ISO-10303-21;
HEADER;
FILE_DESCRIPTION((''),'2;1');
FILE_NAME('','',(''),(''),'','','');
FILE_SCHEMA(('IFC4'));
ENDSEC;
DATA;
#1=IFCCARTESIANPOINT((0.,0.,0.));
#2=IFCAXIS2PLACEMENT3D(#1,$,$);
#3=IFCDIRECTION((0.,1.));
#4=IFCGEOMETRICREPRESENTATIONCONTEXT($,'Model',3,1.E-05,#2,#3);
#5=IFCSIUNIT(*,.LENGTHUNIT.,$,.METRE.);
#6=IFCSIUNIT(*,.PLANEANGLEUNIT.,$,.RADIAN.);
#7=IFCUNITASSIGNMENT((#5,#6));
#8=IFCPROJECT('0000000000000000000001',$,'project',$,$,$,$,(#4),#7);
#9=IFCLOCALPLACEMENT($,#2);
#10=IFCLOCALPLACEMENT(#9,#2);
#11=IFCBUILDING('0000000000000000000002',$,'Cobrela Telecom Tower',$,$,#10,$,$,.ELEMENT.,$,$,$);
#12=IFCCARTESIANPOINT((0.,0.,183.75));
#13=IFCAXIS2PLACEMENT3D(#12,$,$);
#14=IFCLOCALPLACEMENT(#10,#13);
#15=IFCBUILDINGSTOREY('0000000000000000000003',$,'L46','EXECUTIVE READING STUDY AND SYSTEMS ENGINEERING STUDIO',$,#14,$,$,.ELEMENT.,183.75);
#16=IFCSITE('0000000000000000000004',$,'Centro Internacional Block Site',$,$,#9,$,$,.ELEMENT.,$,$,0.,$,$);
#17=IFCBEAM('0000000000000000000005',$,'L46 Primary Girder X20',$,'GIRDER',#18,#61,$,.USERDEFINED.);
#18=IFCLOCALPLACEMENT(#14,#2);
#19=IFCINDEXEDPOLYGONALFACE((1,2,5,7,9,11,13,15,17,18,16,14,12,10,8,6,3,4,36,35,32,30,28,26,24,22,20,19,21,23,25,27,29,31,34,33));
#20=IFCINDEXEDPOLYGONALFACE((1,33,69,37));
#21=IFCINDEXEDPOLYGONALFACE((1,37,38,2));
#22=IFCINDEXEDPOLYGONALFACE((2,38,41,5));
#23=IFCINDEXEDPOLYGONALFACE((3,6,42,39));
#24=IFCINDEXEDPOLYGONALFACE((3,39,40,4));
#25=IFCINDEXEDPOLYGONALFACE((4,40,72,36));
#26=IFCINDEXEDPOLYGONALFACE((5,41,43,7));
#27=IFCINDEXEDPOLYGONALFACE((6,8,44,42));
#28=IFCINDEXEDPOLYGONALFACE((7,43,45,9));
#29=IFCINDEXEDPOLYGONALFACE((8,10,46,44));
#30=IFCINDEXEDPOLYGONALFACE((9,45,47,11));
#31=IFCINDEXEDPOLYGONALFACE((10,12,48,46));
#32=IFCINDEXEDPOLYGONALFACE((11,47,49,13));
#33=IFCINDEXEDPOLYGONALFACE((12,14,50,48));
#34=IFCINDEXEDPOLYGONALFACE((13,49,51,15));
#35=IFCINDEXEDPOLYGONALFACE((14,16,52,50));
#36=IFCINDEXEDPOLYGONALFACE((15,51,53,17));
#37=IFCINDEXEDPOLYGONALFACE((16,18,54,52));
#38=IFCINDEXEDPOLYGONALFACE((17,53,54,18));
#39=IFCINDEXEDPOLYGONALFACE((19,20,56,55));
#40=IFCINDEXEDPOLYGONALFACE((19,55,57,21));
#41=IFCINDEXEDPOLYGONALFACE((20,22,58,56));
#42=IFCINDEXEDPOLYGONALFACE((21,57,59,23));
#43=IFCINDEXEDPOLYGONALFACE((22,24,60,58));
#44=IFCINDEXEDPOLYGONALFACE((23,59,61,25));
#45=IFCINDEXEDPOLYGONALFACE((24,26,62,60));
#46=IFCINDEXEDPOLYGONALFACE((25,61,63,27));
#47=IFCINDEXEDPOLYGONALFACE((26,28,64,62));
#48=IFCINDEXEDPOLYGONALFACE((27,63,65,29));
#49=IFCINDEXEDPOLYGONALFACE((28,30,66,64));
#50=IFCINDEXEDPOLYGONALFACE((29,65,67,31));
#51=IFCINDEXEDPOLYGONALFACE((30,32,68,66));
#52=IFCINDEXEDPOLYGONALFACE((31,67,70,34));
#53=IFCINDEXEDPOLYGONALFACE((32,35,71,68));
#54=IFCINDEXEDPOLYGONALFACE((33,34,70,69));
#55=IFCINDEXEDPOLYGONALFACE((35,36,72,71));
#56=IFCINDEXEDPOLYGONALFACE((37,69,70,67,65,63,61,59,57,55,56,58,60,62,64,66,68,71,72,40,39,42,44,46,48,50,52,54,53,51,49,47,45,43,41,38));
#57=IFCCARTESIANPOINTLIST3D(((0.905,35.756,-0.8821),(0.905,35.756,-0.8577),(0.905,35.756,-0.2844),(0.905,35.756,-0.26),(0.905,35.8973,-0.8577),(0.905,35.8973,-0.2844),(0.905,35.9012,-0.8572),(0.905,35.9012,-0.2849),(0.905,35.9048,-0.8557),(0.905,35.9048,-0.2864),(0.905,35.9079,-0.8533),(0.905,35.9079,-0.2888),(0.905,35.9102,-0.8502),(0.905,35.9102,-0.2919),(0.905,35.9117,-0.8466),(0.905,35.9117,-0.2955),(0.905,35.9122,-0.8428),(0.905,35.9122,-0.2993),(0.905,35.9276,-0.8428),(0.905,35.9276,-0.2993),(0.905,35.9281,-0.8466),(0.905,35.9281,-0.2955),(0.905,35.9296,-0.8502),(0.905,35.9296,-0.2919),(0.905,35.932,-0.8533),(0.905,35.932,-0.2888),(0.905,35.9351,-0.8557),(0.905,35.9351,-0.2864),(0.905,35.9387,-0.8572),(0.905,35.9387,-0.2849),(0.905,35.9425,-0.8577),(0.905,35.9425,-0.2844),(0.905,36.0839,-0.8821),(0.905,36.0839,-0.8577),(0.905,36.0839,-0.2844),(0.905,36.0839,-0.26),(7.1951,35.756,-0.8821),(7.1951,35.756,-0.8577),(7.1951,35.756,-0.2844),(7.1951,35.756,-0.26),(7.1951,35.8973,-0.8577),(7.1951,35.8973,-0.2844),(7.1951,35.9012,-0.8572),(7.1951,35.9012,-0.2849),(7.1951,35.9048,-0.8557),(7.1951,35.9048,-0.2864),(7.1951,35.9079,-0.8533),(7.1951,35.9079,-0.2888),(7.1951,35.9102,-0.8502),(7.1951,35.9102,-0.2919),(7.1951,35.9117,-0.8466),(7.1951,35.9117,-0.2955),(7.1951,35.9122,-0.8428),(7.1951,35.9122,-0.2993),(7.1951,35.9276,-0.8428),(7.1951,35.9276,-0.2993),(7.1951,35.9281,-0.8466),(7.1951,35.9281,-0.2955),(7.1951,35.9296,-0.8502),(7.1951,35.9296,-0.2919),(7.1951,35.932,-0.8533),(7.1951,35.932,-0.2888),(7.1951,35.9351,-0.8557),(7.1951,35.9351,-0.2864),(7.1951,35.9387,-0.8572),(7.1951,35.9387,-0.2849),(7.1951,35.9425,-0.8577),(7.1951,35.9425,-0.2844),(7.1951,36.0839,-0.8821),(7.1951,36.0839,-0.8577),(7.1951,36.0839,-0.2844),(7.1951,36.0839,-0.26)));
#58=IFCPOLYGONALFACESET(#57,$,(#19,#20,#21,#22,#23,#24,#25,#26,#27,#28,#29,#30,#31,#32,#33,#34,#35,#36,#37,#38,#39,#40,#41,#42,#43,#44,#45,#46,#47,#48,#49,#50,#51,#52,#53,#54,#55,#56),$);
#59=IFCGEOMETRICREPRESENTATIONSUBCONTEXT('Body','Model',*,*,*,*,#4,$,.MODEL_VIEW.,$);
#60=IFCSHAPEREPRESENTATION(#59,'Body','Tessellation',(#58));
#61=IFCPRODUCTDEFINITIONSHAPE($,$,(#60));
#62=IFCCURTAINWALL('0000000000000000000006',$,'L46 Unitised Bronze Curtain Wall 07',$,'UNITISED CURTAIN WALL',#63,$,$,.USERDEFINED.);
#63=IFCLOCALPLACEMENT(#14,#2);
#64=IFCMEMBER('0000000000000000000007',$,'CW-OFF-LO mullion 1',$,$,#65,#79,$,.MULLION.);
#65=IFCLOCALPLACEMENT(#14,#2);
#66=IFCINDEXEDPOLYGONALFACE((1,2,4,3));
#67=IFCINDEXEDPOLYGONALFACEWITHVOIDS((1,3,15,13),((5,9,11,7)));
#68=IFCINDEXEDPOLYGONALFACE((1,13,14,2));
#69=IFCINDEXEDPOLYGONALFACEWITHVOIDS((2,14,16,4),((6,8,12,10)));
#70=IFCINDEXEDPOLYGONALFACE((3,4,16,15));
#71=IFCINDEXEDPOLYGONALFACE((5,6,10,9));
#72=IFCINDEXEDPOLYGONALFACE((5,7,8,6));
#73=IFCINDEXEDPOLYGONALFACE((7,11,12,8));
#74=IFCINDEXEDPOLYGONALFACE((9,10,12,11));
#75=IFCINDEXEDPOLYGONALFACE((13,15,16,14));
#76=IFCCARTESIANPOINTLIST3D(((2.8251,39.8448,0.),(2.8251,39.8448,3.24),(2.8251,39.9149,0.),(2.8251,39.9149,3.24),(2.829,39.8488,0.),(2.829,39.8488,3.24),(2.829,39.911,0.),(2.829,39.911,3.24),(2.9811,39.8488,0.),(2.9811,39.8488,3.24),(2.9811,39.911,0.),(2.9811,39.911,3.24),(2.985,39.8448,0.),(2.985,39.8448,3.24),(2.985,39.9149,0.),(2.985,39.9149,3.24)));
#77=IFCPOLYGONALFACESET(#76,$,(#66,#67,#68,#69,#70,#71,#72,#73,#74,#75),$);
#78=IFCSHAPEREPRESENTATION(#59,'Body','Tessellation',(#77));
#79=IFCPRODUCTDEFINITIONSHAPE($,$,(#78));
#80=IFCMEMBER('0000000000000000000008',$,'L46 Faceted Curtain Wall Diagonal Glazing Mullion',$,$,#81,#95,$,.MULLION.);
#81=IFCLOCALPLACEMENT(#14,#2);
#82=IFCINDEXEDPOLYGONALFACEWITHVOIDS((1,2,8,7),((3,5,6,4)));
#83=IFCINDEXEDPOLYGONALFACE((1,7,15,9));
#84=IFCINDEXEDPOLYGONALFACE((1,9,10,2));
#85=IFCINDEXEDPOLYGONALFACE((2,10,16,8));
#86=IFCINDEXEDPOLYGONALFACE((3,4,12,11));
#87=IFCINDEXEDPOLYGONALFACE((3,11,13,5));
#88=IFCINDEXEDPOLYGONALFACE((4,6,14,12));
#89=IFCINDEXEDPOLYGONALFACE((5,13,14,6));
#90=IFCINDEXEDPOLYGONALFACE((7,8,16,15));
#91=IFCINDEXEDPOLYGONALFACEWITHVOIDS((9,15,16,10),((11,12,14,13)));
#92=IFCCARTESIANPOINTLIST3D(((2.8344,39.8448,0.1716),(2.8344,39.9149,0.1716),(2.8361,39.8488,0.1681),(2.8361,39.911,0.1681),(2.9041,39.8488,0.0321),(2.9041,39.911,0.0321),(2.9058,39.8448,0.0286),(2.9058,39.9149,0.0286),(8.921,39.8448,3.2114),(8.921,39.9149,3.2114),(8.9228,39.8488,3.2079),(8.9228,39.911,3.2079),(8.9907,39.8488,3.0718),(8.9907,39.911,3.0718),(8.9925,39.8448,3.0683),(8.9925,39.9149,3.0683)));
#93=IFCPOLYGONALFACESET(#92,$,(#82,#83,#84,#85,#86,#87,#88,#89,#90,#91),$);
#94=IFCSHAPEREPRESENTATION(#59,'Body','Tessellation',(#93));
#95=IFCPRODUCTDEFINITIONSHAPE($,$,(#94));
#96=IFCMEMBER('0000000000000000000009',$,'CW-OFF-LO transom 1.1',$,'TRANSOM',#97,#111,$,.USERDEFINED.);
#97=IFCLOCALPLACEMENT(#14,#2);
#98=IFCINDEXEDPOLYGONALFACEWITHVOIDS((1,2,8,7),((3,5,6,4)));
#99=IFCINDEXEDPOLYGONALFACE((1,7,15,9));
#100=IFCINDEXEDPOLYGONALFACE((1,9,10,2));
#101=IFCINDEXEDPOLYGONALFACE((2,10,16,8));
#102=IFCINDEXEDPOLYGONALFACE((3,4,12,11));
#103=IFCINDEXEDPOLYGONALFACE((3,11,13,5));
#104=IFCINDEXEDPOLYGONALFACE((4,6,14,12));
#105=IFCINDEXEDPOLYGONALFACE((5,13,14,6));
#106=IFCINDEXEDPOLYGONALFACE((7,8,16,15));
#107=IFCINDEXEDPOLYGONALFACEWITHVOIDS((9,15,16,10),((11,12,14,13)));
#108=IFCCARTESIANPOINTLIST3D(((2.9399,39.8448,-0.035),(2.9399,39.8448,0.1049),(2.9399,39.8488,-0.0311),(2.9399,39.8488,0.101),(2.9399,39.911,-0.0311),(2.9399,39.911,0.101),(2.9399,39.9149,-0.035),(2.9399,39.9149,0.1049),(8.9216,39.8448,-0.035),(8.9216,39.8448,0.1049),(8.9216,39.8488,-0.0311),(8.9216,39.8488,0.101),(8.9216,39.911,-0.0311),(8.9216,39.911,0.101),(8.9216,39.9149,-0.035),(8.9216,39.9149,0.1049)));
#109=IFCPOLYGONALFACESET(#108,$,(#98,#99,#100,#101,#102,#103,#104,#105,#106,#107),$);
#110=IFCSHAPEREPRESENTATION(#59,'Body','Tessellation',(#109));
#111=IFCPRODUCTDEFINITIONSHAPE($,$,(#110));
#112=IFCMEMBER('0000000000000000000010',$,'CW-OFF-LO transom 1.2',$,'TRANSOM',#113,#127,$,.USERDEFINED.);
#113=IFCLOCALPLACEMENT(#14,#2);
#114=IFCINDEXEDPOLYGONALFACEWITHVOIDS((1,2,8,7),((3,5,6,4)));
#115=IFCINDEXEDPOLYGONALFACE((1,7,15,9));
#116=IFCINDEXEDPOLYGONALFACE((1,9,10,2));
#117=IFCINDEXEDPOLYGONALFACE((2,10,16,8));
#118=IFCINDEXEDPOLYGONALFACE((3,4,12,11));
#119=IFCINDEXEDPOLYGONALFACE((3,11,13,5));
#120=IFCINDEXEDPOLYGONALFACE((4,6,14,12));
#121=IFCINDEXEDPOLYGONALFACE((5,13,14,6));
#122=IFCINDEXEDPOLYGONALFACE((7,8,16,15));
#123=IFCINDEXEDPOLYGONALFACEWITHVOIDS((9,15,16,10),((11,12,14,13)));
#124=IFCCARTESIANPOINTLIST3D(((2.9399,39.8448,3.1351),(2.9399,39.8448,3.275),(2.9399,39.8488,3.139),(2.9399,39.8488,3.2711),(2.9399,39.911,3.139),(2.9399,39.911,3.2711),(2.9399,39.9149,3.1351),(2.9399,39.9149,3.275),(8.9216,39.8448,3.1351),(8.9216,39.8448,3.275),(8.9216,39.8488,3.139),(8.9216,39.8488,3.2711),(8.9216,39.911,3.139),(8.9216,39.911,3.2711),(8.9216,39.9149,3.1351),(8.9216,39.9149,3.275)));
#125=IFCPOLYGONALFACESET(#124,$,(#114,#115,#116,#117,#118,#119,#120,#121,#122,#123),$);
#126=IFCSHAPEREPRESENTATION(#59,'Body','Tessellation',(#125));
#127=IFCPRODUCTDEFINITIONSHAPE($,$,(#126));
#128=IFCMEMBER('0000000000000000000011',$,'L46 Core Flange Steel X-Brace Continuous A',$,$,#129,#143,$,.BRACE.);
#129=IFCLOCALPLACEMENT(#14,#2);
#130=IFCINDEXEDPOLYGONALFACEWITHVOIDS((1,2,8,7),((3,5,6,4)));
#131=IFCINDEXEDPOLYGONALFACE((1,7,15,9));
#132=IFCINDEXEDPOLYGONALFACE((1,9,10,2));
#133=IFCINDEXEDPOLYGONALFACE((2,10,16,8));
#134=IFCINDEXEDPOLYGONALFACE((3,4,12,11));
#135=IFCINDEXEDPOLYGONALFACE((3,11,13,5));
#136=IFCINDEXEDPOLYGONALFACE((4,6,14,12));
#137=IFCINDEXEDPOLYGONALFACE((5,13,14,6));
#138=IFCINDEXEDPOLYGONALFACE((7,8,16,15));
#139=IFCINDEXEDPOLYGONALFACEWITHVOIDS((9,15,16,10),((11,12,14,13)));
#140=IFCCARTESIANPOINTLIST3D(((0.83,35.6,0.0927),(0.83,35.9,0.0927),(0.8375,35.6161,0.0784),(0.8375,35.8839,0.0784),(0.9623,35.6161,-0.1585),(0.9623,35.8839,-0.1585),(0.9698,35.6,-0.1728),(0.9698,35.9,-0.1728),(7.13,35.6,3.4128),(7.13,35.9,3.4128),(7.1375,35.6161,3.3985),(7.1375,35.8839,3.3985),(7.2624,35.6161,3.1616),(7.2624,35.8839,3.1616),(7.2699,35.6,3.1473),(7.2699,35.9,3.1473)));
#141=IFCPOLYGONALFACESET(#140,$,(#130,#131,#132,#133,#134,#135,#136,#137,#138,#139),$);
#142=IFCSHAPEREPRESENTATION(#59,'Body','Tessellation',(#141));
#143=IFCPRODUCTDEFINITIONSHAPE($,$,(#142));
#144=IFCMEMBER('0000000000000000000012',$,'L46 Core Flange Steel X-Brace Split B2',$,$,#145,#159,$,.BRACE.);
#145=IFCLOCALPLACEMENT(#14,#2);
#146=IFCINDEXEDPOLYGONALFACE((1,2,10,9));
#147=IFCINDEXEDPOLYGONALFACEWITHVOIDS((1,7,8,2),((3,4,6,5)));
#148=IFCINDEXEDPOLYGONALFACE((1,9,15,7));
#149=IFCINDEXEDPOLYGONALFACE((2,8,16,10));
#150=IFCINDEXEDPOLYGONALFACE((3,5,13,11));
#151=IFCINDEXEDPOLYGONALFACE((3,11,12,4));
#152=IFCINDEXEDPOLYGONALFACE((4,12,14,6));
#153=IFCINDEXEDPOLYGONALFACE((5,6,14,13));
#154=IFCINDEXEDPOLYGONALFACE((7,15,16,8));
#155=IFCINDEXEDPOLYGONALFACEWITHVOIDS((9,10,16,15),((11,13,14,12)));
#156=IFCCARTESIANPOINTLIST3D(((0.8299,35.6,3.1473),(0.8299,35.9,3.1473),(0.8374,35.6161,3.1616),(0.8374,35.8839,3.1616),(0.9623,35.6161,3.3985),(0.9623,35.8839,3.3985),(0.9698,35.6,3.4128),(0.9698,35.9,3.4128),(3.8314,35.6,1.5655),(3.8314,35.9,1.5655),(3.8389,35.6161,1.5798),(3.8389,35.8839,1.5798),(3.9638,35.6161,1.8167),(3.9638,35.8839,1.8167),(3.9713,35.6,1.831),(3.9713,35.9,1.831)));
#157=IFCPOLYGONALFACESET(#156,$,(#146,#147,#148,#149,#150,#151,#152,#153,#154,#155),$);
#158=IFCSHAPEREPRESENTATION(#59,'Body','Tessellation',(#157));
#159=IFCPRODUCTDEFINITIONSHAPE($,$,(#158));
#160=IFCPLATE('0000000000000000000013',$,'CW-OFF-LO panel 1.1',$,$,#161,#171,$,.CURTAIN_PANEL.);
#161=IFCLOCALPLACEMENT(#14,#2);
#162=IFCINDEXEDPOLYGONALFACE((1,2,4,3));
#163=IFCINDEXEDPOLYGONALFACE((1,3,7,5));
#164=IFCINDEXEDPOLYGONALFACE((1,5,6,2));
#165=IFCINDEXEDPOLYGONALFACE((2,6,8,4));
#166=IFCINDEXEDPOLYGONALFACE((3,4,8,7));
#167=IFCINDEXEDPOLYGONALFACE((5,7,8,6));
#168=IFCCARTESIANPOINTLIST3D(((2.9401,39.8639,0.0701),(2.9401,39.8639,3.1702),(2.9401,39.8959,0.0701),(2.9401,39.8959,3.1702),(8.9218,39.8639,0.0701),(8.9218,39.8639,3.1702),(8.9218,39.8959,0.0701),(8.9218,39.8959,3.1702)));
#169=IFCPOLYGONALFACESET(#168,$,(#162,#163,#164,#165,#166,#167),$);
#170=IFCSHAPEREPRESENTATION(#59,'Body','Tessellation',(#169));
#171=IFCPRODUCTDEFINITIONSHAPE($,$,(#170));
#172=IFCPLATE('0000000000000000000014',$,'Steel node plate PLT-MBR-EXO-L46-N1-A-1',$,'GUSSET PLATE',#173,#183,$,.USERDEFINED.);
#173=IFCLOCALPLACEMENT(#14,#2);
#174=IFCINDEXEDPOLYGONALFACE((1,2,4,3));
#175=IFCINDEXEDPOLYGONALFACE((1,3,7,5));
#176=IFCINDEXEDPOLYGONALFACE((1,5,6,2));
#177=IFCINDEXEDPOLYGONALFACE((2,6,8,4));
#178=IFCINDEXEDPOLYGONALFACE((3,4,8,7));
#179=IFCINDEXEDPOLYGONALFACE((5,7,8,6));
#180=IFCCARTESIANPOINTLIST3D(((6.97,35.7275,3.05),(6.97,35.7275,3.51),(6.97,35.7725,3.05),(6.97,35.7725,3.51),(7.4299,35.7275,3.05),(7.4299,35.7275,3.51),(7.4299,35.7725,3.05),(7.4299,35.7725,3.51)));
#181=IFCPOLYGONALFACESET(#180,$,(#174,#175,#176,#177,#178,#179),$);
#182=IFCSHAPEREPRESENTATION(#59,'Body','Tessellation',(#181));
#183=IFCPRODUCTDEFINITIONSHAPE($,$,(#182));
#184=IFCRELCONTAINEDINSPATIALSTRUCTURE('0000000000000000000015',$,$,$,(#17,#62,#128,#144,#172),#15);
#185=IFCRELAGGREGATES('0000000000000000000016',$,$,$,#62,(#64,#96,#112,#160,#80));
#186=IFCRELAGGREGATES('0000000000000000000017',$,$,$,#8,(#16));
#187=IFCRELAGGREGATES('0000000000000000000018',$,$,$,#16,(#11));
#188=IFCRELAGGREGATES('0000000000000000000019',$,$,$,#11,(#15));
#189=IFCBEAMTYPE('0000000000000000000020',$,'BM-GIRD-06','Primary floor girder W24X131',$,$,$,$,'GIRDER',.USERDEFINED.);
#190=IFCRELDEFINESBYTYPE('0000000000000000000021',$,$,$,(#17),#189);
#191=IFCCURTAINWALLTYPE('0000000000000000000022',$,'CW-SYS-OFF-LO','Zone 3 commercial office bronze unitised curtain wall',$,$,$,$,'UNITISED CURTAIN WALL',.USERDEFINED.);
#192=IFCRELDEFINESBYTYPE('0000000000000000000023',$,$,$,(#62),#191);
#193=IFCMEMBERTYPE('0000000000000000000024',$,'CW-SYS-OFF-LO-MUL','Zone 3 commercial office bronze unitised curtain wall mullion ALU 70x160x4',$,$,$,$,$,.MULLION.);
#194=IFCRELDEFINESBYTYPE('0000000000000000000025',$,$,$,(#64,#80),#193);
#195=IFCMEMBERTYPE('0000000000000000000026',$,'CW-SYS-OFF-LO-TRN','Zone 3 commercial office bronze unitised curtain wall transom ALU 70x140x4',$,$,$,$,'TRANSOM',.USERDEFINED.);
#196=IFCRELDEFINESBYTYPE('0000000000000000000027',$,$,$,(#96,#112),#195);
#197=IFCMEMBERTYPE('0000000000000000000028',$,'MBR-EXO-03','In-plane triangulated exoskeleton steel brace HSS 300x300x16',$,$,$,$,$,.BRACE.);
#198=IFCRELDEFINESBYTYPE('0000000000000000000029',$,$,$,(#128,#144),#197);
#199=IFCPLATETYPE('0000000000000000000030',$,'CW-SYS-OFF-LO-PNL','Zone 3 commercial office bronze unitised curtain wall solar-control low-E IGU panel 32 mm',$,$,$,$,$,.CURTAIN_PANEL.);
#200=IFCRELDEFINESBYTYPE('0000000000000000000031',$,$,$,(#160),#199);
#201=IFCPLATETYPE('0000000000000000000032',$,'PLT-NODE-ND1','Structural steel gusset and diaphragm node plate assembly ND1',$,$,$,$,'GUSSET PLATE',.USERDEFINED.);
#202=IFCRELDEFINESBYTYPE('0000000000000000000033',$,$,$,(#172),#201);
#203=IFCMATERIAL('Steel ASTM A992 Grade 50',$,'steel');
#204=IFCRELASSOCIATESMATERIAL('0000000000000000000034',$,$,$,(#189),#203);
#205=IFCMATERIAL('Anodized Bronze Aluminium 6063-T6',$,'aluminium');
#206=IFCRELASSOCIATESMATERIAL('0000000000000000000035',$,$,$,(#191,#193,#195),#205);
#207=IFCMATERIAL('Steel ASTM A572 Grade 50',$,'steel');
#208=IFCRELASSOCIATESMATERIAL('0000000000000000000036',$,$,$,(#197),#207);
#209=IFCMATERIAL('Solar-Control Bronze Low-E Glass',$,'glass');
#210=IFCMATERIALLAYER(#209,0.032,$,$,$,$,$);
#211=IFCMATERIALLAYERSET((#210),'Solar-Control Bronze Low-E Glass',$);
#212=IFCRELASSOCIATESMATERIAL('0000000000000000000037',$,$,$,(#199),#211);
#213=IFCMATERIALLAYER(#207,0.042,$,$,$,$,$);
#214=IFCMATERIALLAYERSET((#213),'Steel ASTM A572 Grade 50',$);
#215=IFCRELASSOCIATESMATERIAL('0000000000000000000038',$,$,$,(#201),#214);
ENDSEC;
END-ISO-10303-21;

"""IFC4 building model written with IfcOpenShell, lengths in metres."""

from ifc_helpers import new_model, si_unit, direction, frame, origin, origin_2d, place, context, subcontext, project, spatial, rectangle, hollow_rectangle, i_section, extrude, material, layer, layer_set, material_profile, profile_set, type_object, element, aggregate, save


model = new_model("IFC4")

# Units and contexts
model_context = context("Model", 3, precision=1e-05, world=origin(), true_north=direction((0.0, 1.0)))
body_context = subcontext(model_context, "Body", "Model", "MODEL_VIEW")
ifc_project = project(units=[si_unit("LENGTHUNIT", "METRE"), si_unit("PLANEANGLEUNIT", "RADIAN")], contexts=[model_context])

# Site, building, storey
site_placement = place(None, origin())
site = spatial("IfcSite", under=ifc_project, at=site_placement, Name="Centro Internacional Block Site", CompositionType="ELEMENT", RefElevation=0.0)
building_placement = place(site_placement, origin())
building = spatial("IfcBuilding", under=site, at=building_placement, Name="Cobrela Telecom Tower", CompositionType="ELEMENT")
storey_placement = place(building_placement, frame((0.0, 0.0, 183.75)))
storey = spatial("IfcBuildingStorey", under=building, at=storey_placement, Name="L46", Description="EXECUTIVE READING STUDY AND SYSTEMS ENGINEERING STUDIO", CompositionType="ELEMENT", Elevation=183.75)

# Beam
ifc_material_1 = material(Name="Steel ASTM A992 Grade 50", Category="steel")
ifc_material_profile_1 = material_profile(ifc_material_1, i_section(OverallWidth=0.3279, OverallDepth=0.6221, WebThickness=0.0154, FlangeThickness=0.0244, FilletRadius=0.0149, at=origin_2d()), Name="W24X131")
ifc_profile_set_1 = profile_set([ifc_material_profile_1], Name="Steel ASTM A992 Grade 50")
beam_type = type_object("IfcBeamType", Name="BM-GIRD-06", Description="Primary floor girder W24X131", ElementType="GIRDER", PredefinedType="USERDEFINED", material=ifc_profile_set_1)
beam_placement = place(storey_placement, frame((0.905, 35.9199, -0.571), z_axis=(1.0, 0.0, 0.0), x_axis=(0.0, 1.0, 0.0)))
element("IfcBeam", 1, at=beam_placement, inside=storey, type_object=beam_type, Name="L46 Primary Girder X20", ObjectType="GIRDER", PredefinedType="USERDEFINED", context=body_context, shape_type="SweptSolid", body=[
    extrude(i_section(OverallWidth=0.3279, OverallDepth=0.6221, WebThickness=0.0154, FlangeThickness=0.0244, FilletRadius=0.0149, at=origin_2d()), origin(), (0.0, 0.0, 1.0), 6.29),
])

# Curtain wall, members
ifc_material_2 = material(Name="Anodized Bronze Aluminium 6063-T6", Category="aluminium")
curtain_wall_type = type_object("IfcCurtainWallType", Name="CW-SYS-OFF-LO", Description="Zone 3 commercial office bronze unitised curtain wall", ElementType="UNITISED CURTAIN WALL", PredefinedType="USERDEFINED", material=ifc_material_2)
curtain_wall_placement = place(storey_placement, origin())
curtain_wall = element("IfcCurtainWall", 2, at=curtain_wall_placement, inside=storey, type_object=curtain_wall_type, Name="L46 Unitised Bronze Curtain Wall 07", ObjectType="UNITISED CURTAIN WALL", PredefinedType="USERDEFINED")
ifc_material_profile_2 = material_profile(ifc_material_2, hollow_rectangle(XDim=0.0701, YDim=0.1599, WallThickness=0.0039, at=origin_2d()), Name="ALU 70x160x4")
ifc_profile_set_2 = profile_set([ifc_material_profile_2], Name="Anodized Bronze Aluminium 6063-T6")
member_type_1 = type_object("IfcMemberType", Name="CW-SYS-OFF-LO-MUL", Description="Zone 3 commercial office bronze unitised curtain wall mullion ALU 70x160x4", PredefinedType="MULLION", material=ifc_profile_set_2)
member_1_placement = place(storey_placement, frame((2.905, 39.8799, 0.0), z_axis=(0.0, 0.0, 1.0), x_axis=(0.0, 1.0, 0.0)))
member_1 = element("IfcMember", 3, at=member_1_placement, type_object=member_type_1, Name="CW-OFF-LO mullion 1", PredefinedType="MULLION", context=body_context, shape_type="SweptSolid", body=[
    extrude(hollow_rectangle(XDim=0.0701, YDim=0.1599, WallThickness=0.0039, at=origin_2d()), origin(), (0.0, 0.0, 1.0), 3.24),
])
member_2_placement = place(storey_placement, frame((2.8701, 39.8799, 0.1001), z_axis=(0.894635, 0.0, 0.446797), x_axis=(0.0, 1.0, 0.0)))
member_2 = element("IfcMember", 4, at=member_2_placement, type_object=member_type_1, Name="L46 Faceted Curtain Wall Diagonal Glazing Mullion", PredefinedType="MULLION", context=body_context, shape_type="SweptSolid", body=[
    extrude(hollow_rectangle(XDim=0.0701, YDim=0.1599, WallThickness=0.0039, at=origin_2d()), origin(), (0.0, 0.0, 1.0), 6.8035),
])
ifc_material_profile_3 = material_profile(ifc_material_2, hollow_rectangle(XDim=0.0701, YDim=0.1399, WallThickness=0.0039, at=origin_2d()), Name="ALU 70x140x4")
ifc_profile_set_3 = profile_set([ifc_material_profile_3], Name="Anodized Bronze Aluminium 6063-T6")
member_type_2 = type_object("IfcMemberType", Name="CW-SYS-OFF-LO-TRN", Description="Zone 3 commercial office bronze unitised curtain wall transom ALU 70x140x4", ElementType="TRANSOM", PredefinedType="USERDEFINED", material=ifc_profile_set_3)
member_3_placement = place(storey_placement, frame((2.9399, 39.8799, 0.0349), z_axis=(1.0, 0.0, 0.0), x_axis=(0.0, 1.0, 0.0)))
member_3 = element("IfcMember", 5, at=member_3_placement, type_object=member_type_2, Name="CW-OFF-LO transom 1.1", ObjectType="TRANSOM", PredefinedType="USERDEFINED", context=body_context, shape_type="SweptSolid", body=[
    extrude(hollow_rectangle(XDim=0.0701, YDim=0.1399, WallThickness=0.0039, at=origin_2d()), origin(), (0.0, 0.0, 1.0), 5.9817),
])
member_4_placement = place(storey_placement, frame((2.9399, 39.8799, 3.2051), z_axis=(1.0, 0.0, 0.0), x_axis=(0.0, 1.0, 0.0)))
member_4 = element("IfcMember", 6, at=member_4_placement, type_object=member_type_2, Name="CW-OFF-LO transom 1.2", ObjectType="TRANSOM", PredefinedType="USERDEFINED", context=body_context, shape_type="SweptSolid", body=[
    extrude(hollow_rectangle(XDim=0.0701, YDim=0.1399, WallThickness=0.0039, at=origin_2d()), origin(), (0.0, 0.0, 1.0), 5.9817),
])

# Members
ifc_material_3 = material(Name="Steel ASTM A572 Grade 50", Category="steel")
ifc_material_profile_4 = material_profile(ifc_material_3, hollow_rectangle(XDim=0.3, YDim=0.3, WallThickness=0.0161, at=origin_2d()), Name="HSS 300x300x16")
ifc_profile_set_4 = profile_set([ifc_material_profile_4], Name="Steel ASTM A572 Grade 50")
member_type_3 = type_object("IfcMemberType", Name="MBR-EXO-03", Description="In-plane triangulated exoskeleton steel brace HSS 300x300x16", PredefinedType="BRACE", material=ifc_profile_set_4)
member_5_placement = place(storey_placement, frame((0.8999, 35.75, -0.04), z_axis=(0.884672, 0.0, 0.466214), x_axis=(0.0, 1.0, 0.0)))
element("IfcMember", 7, at=member_5_placement, inside=storey, type_object=member_type_3, Name="L46 Core Flange Steel X-Brace Continuous A", PredefinedType="BRACE", context=body_context, shape_type="SweptSolid", body=[
    extrude(hollow_rectangle(XDim=0.3, YDim=0.3, WallThickness=0.0161, at=origin_2d()), origin(), (0.0, 0.0, 1.0), 7.1213),
])
member_6_placement = place(storey_placement, frame((3.9014, 35.75, 1.6982), z_axis=(-0.884667, 0.0, 0.466224), x_axis=(0.0, -1.0, 0.0)))
element("IfcMember", 8, at=member_6_placement, inside=storey, type_object=member_type_3, Name="L46 Core Flange Steel X-Brace Split B2", PredefinedType="BRACE", context=body_context, shape_type="SweptSolid", body=[
    extrude(hollow_rectangle(XDim=0.3, YDim=0.3, WallThickness=0.0161, at=origin_2d()), origin(), (0.0, 0.0, 1.0), 3.3928),
])

# Plate
ifc_material_4 = material(Name="Solar-Control Bronze Low-E Glass", Category="glass")
ifc_layer_1 = layer(ifc_material_4, 0.032)
ifc_layer_set_1 = layer_set([ifc_layer_1], Name="Solar-Control Bronze Low-E Glass")
plate_type_1 = type_object("IfcPlateType", Name="CW-SYS-OFF-LO-PNL", Description="Zone 3 commercial office bronze unitised curtain wall solar-control low-E IGU panel 32 mm", PredefinedType="CURTAIN_PANEL", material=ifc_layer_set_1)
plate_1_placement = place(storey_placement, frame((5.9309, 39.8799, 0.0701), z_axis=(0.0, 0.0, 1.0), x_axis=(1.0, 0.0, 0.0)))
plate_1 = element("IfcPlate", 9, at=plate_1_placement, type_object=plate_type_1, Name="CW-OFF-LO panel 1.1", PredefinedType="CURTAIN_PANEL", context=body_context, shape_type="SweptSolid", body=[
    extrude(rectangle(XDim=5.9817, YDim=0.032, at=origin_2d()), origin(), (0.0, 0.0, 1.0), 3.1001),
])
aggregate(curtain_wall, [member_1, member_3, member_4, plate_1, member_2])

# Plate
ifc_layer_2 = layer(ifc_material_3, 0.042)
ifc_layer_set_2 = layer_set([ifc_layer_2], Name="Steel ASTM A572 Grade 50")
plate_type_2 = type_object("IfcPlateType", Name="PLT-NODE-ND1", Description="Structural steel gusset and diaphragm node plate assembly ND1", ElementType="GUSSET PLATE", PredefinedType="USERDEFINED", material=ifc_layer_set_2)
for number, where, z_axis, x_axis, name in (
    (10, (7.2, 35.75, 3.05), (0.0, 0.0, 1.0), (1.0, 0.0, 0.0), "Steel node plate PLT-MBR-EXO-L46-N1-A-1"),
):
    element("IfcPlate", number, at=place(storey_placement, frame(where, z_axis=z_axis, x_axis=x_axis)), inside=storey, type_object=plate_type_2, Name=name, ObjectType="GUSSET PLATE", PredefinedType="USERDEFINED", context=body_context, shape_type="SweptSolid", body=[
        extrude(rectangle(XDim=0.46, YDim=0.0449, at=origin_2d()), origin(), (0.0, 0.0, 1.0), 0.46),
    ])

save(model, "model.ifc")
